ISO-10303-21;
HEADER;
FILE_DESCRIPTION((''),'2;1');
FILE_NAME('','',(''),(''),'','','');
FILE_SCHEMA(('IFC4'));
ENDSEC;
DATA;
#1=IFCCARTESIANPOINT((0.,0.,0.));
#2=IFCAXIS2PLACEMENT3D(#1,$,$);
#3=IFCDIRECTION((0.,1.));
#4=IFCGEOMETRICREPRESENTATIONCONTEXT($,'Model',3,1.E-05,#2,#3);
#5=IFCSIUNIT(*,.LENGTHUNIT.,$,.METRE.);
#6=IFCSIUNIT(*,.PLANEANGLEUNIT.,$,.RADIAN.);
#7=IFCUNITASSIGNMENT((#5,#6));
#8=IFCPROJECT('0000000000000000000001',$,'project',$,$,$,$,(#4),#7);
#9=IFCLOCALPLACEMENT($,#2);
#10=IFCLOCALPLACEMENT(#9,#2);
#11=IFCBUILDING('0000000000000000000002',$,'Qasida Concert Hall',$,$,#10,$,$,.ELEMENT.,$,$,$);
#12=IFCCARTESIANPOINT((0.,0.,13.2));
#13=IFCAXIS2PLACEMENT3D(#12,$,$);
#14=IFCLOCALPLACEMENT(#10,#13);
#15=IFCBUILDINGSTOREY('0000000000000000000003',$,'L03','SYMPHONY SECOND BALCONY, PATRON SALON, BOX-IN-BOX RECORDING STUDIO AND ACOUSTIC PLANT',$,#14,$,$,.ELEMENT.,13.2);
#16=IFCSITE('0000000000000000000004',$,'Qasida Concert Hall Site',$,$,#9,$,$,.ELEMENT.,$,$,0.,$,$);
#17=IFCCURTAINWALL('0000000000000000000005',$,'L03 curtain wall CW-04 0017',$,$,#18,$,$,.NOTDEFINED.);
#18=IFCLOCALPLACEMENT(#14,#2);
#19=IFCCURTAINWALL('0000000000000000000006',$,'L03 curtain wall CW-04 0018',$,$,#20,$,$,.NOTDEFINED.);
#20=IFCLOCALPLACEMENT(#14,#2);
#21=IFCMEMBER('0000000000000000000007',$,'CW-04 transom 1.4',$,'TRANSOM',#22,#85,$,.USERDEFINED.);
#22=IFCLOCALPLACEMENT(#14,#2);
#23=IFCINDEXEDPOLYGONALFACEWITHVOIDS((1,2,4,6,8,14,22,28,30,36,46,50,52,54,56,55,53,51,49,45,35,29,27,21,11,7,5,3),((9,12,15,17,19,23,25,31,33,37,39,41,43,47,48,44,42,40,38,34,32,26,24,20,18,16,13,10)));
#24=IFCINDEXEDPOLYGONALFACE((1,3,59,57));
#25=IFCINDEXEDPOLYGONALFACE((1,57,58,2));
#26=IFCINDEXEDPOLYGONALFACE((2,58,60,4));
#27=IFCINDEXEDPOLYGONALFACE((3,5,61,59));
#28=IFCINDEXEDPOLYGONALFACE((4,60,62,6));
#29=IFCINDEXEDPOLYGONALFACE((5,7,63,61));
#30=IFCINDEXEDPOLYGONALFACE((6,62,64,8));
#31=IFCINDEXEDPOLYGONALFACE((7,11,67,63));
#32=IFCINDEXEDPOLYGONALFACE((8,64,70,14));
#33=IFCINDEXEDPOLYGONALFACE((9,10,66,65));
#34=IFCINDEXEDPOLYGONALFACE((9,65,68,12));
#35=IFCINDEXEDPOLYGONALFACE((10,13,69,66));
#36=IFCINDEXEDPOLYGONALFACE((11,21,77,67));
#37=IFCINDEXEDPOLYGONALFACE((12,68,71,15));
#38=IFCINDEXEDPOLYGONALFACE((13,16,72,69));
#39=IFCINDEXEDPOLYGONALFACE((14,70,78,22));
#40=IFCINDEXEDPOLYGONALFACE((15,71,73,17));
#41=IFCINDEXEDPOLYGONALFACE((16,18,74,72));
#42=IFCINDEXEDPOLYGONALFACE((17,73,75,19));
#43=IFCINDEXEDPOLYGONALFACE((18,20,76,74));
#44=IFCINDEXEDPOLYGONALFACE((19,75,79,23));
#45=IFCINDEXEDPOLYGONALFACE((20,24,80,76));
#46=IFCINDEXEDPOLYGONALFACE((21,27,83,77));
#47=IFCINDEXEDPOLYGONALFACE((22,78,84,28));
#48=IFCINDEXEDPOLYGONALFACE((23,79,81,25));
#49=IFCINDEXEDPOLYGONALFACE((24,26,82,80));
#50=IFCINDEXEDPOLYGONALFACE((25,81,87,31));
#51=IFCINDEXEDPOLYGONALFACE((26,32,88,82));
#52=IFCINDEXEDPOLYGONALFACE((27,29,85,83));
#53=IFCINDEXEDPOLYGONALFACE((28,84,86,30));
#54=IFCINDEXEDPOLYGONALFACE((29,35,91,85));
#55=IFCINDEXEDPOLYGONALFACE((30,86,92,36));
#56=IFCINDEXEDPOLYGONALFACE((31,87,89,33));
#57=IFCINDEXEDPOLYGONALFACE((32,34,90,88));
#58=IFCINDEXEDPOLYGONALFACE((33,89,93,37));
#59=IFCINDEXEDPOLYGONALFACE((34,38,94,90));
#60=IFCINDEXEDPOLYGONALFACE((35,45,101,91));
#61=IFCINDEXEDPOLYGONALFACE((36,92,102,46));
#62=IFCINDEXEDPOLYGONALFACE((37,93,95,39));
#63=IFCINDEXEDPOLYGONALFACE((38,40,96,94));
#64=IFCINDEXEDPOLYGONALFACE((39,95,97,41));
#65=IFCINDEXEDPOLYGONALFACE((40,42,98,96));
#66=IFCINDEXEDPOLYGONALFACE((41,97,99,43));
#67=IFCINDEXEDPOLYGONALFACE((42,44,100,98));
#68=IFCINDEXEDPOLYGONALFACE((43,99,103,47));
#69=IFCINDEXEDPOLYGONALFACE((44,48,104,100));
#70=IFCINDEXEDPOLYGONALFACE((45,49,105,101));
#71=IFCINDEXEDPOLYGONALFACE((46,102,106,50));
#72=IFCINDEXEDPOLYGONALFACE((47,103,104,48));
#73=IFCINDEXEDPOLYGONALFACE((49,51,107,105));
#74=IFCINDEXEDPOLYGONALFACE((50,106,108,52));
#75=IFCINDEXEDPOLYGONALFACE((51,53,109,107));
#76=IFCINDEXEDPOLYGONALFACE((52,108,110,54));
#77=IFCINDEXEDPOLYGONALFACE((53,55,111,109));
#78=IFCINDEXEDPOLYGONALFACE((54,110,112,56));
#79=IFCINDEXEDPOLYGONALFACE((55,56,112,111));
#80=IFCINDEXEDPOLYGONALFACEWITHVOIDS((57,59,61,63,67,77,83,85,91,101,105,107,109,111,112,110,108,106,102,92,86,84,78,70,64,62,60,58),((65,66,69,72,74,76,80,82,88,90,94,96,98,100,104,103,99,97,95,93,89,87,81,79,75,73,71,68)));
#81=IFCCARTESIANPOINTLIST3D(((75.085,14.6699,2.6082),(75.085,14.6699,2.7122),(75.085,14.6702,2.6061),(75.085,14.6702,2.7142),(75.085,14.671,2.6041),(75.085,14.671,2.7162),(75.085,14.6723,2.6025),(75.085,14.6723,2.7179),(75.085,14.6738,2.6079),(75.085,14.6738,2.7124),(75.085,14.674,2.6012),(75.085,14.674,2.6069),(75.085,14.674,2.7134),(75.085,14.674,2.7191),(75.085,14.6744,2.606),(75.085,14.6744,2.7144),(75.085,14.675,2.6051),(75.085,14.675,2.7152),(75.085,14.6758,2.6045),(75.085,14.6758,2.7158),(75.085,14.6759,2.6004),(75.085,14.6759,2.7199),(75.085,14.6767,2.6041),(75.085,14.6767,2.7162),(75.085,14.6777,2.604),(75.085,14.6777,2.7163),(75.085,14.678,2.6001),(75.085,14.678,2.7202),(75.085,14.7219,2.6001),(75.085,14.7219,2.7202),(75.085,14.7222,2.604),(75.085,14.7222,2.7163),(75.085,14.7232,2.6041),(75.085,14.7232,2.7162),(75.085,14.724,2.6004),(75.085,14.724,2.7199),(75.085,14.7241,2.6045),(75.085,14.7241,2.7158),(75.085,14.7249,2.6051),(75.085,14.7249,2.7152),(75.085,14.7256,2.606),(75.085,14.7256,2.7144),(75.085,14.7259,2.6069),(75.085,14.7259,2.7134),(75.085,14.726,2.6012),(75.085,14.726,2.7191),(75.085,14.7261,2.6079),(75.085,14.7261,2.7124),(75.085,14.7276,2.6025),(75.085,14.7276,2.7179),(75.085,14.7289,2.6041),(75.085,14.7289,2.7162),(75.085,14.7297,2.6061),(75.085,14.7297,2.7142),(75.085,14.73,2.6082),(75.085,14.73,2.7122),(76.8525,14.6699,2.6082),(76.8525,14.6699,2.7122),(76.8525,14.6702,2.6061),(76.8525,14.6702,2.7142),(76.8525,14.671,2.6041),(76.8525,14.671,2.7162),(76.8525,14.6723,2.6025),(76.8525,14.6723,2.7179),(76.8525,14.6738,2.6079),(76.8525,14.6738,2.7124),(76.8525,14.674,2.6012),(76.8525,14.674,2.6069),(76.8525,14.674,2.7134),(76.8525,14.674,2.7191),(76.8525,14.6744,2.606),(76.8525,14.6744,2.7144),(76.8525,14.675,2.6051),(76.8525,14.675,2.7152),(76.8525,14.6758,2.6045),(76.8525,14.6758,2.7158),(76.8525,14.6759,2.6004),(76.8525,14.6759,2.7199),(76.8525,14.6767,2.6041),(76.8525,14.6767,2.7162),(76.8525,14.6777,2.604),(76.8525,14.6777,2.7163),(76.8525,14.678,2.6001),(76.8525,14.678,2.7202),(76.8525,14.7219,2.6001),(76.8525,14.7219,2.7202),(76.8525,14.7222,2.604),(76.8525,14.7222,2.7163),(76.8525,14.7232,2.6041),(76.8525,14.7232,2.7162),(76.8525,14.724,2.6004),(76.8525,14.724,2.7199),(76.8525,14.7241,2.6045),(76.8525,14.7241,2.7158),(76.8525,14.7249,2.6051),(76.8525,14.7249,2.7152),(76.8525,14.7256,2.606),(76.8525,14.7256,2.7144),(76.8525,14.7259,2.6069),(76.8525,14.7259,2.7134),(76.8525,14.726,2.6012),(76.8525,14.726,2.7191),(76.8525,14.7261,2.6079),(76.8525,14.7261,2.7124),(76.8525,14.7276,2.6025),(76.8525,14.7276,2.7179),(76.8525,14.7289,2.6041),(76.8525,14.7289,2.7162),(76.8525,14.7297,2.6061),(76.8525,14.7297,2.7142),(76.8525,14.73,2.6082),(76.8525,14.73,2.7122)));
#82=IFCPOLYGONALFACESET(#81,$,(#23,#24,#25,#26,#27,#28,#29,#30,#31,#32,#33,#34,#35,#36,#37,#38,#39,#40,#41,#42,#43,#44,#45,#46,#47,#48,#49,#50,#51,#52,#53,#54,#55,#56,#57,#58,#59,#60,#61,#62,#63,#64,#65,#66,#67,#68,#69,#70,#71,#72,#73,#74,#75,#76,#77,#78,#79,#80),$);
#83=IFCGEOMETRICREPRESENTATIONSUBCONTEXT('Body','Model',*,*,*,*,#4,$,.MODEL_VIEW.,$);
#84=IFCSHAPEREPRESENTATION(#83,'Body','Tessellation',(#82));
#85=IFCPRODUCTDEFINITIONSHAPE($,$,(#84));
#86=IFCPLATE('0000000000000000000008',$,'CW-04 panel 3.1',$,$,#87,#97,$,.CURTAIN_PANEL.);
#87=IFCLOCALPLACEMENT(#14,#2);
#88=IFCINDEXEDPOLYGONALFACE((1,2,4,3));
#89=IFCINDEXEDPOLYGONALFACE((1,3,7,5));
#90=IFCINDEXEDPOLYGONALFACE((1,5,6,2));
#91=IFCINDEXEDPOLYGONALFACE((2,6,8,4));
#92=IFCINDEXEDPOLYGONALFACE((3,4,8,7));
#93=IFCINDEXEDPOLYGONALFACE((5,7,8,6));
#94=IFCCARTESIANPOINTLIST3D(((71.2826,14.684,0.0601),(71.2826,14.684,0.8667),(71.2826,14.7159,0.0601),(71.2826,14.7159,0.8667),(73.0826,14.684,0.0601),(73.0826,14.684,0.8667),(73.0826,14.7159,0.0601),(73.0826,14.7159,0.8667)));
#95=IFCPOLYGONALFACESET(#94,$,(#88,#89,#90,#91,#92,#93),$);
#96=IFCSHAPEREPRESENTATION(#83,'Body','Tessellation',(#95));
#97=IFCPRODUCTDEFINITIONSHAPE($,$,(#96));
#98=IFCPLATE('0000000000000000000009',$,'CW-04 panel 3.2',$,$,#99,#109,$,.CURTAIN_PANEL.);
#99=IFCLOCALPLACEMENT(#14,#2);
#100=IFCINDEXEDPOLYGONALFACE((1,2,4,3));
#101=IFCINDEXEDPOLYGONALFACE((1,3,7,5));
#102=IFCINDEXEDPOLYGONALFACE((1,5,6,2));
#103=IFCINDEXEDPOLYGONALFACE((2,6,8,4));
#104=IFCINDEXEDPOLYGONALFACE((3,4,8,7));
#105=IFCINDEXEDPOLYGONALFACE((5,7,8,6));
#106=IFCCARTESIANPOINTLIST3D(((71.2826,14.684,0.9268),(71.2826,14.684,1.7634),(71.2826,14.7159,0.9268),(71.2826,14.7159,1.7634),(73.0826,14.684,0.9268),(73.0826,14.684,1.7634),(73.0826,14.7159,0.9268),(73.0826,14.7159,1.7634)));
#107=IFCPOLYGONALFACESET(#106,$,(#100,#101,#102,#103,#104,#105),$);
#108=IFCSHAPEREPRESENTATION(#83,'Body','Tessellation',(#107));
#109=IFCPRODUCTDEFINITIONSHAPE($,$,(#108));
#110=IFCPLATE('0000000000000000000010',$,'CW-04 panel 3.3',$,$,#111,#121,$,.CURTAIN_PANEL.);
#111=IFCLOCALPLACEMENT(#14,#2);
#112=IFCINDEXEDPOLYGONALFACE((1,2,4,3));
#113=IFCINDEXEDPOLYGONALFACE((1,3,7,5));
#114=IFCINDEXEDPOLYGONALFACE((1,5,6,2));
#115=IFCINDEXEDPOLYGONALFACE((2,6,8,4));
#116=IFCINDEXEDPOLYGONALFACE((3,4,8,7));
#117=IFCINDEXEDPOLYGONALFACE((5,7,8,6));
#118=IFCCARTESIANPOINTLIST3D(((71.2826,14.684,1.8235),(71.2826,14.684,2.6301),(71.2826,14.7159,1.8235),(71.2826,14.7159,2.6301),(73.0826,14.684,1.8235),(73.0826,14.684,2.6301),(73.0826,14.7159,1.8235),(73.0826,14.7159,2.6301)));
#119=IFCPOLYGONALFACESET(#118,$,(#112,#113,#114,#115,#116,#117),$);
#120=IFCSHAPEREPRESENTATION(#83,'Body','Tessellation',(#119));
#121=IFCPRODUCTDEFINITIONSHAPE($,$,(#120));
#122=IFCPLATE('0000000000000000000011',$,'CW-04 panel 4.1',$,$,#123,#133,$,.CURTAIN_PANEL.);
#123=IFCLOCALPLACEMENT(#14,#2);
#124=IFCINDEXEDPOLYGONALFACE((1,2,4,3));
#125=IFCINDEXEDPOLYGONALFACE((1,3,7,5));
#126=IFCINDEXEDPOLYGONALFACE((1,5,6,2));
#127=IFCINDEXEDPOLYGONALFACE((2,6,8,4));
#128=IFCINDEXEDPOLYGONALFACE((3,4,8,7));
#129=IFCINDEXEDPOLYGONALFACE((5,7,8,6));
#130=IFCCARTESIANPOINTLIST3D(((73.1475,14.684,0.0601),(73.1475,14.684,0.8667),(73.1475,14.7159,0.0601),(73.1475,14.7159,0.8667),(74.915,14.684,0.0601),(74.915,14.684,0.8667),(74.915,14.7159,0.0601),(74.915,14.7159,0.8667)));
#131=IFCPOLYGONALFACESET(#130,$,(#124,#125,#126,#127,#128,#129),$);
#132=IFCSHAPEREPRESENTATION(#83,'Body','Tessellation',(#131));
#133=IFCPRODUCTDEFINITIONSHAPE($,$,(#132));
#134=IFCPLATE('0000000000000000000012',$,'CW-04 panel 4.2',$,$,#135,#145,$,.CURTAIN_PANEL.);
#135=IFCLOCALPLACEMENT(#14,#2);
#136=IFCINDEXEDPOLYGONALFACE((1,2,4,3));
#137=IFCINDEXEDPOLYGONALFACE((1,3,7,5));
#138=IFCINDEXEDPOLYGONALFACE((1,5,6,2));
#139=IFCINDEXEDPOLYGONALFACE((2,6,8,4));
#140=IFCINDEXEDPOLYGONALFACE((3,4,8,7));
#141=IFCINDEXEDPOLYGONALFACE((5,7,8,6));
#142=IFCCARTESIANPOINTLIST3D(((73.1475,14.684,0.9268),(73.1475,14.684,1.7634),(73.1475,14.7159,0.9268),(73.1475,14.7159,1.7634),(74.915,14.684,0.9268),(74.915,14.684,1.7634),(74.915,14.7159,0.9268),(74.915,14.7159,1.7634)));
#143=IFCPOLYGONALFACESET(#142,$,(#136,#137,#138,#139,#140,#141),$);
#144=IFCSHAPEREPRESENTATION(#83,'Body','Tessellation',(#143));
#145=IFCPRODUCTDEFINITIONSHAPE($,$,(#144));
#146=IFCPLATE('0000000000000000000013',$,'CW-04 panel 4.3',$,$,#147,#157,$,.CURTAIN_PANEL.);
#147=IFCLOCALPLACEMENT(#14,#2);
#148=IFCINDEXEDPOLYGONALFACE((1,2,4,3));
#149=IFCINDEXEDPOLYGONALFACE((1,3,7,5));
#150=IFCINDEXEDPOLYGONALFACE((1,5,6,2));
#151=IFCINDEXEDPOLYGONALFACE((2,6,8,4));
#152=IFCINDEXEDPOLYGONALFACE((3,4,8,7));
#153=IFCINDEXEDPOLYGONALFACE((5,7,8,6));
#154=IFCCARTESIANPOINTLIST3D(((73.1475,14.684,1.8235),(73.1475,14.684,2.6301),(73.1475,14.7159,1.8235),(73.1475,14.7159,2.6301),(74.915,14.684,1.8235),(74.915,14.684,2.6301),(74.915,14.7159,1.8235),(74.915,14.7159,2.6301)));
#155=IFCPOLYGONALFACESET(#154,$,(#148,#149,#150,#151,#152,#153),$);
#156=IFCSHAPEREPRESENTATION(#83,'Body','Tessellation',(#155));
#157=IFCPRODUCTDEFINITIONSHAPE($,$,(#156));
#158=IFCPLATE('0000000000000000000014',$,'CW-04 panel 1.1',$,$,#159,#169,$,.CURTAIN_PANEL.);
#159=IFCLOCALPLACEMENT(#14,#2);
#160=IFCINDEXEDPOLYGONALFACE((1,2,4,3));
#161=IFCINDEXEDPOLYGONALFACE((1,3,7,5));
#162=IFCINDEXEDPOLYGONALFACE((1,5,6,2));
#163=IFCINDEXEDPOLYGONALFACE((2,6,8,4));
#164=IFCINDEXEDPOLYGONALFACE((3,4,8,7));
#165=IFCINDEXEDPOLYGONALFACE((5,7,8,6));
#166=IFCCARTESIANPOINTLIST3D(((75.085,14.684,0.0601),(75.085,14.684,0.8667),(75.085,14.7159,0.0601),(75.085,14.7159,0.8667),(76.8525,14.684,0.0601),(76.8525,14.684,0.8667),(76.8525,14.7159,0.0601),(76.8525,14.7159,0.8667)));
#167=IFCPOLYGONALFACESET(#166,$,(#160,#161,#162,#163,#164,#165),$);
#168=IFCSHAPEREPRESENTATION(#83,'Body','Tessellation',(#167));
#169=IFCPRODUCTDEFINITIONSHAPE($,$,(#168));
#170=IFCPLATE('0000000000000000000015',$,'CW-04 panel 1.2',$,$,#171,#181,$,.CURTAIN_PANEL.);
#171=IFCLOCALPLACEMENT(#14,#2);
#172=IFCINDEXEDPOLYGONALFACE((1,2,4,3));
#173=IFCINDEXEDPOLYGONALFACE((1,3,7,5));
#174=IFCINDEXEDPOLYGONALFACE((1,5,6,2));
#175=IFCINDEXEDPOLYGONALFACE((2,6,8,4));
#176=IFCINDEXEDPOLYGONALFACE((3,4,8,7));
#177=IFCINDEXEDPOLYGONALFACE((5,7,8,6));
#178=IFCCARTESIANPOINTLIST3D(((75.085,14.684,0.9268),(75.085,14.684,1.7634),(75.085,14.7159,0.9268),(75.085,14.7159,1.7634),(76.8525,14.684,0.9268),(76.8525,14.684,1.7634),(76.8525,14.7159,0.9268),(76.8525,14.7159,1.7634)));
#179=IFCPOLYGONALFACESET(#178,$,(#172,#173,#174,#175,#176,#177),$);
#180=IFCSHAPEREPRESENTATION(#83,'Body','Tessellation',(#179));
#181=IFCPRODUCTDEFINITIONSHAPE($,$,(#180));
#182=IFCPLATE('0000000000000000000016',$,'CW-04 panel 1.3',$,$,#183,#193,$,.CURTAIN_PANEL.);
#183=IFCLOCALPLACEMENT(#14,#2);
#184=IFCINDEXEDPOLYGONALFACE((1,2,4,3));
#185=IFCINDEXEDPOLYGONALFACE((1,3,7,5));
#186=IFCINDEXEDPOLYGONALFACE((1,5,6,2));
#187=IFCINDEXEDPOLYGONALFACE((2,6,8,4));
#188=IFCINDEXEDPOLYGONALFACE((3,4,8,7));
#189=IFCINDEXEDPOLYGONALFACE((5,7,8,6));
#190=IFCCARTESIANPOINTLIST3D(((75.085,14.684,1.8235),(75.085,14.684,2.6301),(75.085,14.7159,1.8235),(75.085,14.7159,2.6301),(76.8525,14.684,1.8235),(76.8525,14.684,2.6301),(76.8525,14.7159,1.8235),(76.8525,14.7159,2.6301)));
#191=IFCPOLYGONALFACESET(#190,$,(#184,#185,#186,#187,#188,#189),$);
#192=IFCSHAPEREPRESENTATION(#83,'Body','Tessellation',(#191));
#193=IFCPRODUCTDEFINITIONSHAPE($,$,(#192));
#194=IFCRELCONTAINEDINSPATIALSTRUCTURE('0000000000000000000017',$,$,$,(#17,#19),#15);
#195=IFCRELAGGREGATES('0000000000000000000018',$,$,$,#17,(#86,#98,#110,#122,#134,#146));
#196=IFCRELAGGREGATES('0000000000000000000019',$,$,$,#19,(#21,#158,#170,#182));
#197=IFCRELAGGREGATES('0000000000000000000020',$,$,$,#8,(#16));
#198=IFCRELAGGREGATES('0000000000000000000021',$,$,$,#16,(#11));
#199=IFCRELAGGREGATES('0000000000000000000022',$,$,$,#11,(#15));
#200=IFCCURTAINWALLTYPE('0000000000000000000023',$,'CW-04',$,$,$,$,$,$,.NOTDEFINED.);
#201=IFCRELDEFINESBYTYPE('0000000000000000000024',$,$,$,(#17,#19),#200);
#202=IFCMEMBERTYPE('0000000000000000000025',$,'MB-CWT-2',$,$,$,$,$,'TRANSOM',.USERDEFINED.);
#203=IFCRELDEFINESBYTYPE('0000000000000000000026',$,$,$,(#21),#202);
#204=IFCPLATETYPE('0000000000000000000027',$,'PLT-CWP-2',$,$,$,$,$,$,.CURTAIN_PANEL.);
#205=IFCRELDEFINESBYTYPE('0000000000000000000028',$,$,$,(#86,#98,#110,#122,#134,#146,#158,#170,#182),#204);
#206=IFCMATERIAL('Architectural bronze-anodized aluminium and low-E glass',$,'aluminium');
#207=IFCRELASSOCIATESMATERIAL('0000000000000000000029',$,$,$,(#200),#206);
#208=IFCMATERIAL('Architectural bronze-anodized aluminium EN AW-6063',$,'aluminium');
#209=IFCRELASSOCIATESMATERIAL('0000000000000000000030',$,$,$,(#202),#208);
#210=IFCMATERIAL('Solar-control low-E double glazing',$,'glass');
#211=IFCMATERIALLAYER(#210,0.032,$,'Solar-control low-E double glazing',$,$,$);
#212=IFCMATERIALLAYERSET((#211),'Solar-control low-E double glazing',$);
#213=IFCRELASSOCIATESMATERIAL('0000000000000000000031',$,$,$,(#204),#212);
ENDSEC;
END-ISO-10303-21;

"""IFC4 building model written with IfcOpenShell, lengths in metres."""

from ifc_helpers import new_model, si_unit, direction, frame, origin, origin_2d, place, context, subcontext, project, spatial, rectangle, hollow_rectangle, extrude, material, layer, layer_set, material_profile, profile_set, type_object, element, aggregate, save


model = new_model("IFC4")

# Units and contexts
model_context = context("Model", 3, precision=1e-05, world=origin(), true_north=direction((0.0, 1.0)))
body_context = subcontext(model_context, "Body", "Model", "MODEL_VIEW")
ifc_project = project(units=[si_unit("LENGTHUNIT", "METRE"), si_unit("PLANEANGLEUNIT", "RADIAN")], contexts=[model_context])

# Site, building, storey
site_placement = place(None, origin())
site = spatial("IfcSite", under=ifc_project, at=site_placement, Name="Qasida Concert Hall Site", CompositionType="ELEMENT", RefElevation=0.0)
building_placement = place(site_placement, origin())
building = spatial("IfcBuilding", under=site, at=building_placement, Name="Qasida Concert Hall", CompositionType="ELEMENT")
storey_placement = place(building_placement, frame((0.0, 0.0, 13.2)))
storey = spatial("IfcBuildingStorey", under=building, at=storey_placement, Name="L03", Description="SYMPHONY SECOND BALCONY, PATRON SALON, BOX-IN-BOX RECORDING STUDIO AND ACOUSTIC PLANT", CompositionType="ELEMENT", Elevation=13.2)

# Curtain wall
ifc_material_1 = material(Name="Architectural bronze-anodized aluminium and low-E glass", Category="aluminium")
curtain_wall_type = type_object("IfcCurtainWallType", Name="CW-04", PredefinedType="NOTDEFINED", material=ifc_material_1)
curtain_wall_1_placement = place(storey_placement, origin())
curtain_wall_1 = element("IfcCurtainWall", 1, at=curtain_wall_1_placement, inside=storey, type_object=curtain_wall_type, Name="L03 curtain wall CW-04 0017", PredefinedType="NOTDEFINED")
ifc_material_2 = material(Name="Architectural bronze-anodized aluminium EN AW-6063", Category="aluminium")

# Curtain wall
curtain_wall_2_placement = place(storey_placement, origin())
curtain_wall_2 = element("IfcCurtainWall", 2, at=curtain_wall_2_placement, inside=storey, type_object=curtain_wall_type, Name="L03 curtain wall CW-04 0018", PredefinedType="NOTDEFINED")

# Member
ifc_material_profile_1 = material_profile(ifc_material_2, hollow_rectangle(XDim=0.0601, YDim=0.1201, WallThickness=0.0039, InnerFilletRadius=0.0039, OuterFilletRadius=0.0081, at=origin_2d()), Name="CWT 120x60x4")
ifc_profile_set_1 = profile_set([ifc_material_profile_1], Name="Architectural bronze-anodized aluminium EN AW-6063")
member_type_1 = type_object("IfcMemberType", Name="MB-CWT-2", ElementType="TRANSOM", PredefinedType="USERDEFINED", material=ifc_profile_set_1)
member_1_placement = place(storey_placement, frame((75.085, 14.7, 2.6602), z_axis=(1.0, 0.0, 0.0), x_axis=(0.0, 1.0, 0.0)))
member_1 = element("IfcMember", 3, at=member_1_placement, type_object=member_type_1, Name="CW-04 transom 1.4", ObjectType="TRANSOM", PredefinedType="USERDEFINED", context=body_context, shape_type="SweptSolid", body=[
    extrude(hollow_rectangle(XDim=0.0601, YDim=0.1201, WallThickness=0.0039, InnerFilletRadius=0.0039, OuterFilletRadius=0.0081, at=origin_2d()), origin(), (0.0, 0.0, 1.0), 1.7676),
])

# Plates
ifc_material_3 = material(Name="Solar-control low-E double glazing", Category="glass")
ifc_layer_1 = layer(ifc_material_3, 0.032, Name="Solar-control low-E double glazing")
ifc_layer_set_1 = layer_set([ifc_layer_1], Name="Solar-control low-E double glazing")
plate_type = type_object("IfcPlateType", Name="PLT-CWP-2", PredefinedType="CURTAIN_PANEL", material=ifc_layer_set_1)
plate_1_placement = place(storey_placement, frame((72.1826, 14.7, 0.0601), z_axis=(0.0, 0.0, 1.0), x_axis=(1.0, 0.0, 0.0)))
plate_1 = element("IfcPlate", 4, at=plate_1_placement, type_object=plate_type, Name="CW-04 panel 3.1", PredefinedType="CURTAIN_PANEL", context=body_context, shape_type="SweptSolid", body=[
    extrude(rectangle(XDim=1.8, YDim=0.032, at=origin_2d()), origin(), (0.0, 0.0, 1.0), 0.8066),
])
plate_2_placement = place(storey_placement, frame((72.1826, 14.7, 0.9268), z_axis=(0.0, 0.0, 1.0), x_axis=(1.0, 0.0, 0.0)))
plate_2 = element("IfcPlate", 5, at=plate_2_placement, type_object=plate_type, Name="CW-04 panel 3.2", PredefinedType="CURTAIN_PANEL", context=body_context, shape_type="SweptSolid", body=[
    extrude(rectangle(XDim=1.8, YDim=0.032, at=origin_2d()), origin(), (0.0, 0.0, 1.0), 0.8367),
])
plate_3_placement = place(storey_placement, frame((72.1826, 14.7, 1.8235), z_axis=(0.0, 0.0, 1.0), x_axis=(1.0, 0.0, 0.0)))
plate_3 = element("IfcPlate", 6, at=plate_3_placement, type_object=plate_type, Name="CW-04 panel 3.3", PredefinedType="CURTAIN_PANEL", context=body_context, shape_type="SweptSolid", body=[
    extrude(rectangle(XDim=1.8, YDim=0.032, at=origin_2d()), origin(), (0.0, 0.0, 1.0), 0.8066),
])
plate_4_placement = place(storey_placement, frame((74.0312, 14.7, 0.0601), z_axis=(0.0, 0.0, 1.0), x_axis=(1.0, 0.0, 0.0)))
plate_4 = element("IfcPlate", 7, at=plate_4_placement, type_object=plate_type, Name="CW-04 panel 4.1", PredefinedType="CURTAIN_PANEL", context=body_context, shape_type="SweptSolid", body=[
    extrude(rectangle(XDim=1.7676, YDim=0.032, at=origin_2d()), origin(), (0.0, 0.0, 1.0), 0.8066),
])
plate_5_placement = place(storey_placement, frame((74.0312, 14.7, 0.9268), z_axis=(0.0, 0.0, 1.0), x_axis=(1.0, 0.0, 0.0)))
plate_5 = element("IfcPlate", 8, at=plate_5_placement, type_object=plate_type, Name="CW-04 panel 4.2", PredefinedType="CURTAIN_PANEL", context=body_context, shape_type="SweptSolid", body=[
    extrude(rectangle(XDim=1.7676, YDim=0.032, at=origin_2d()), origin(), (0.0, 0.0, 1.0), 0.8367),
])
plate_6_placement = place(storey_placement, frame((74.0312, 14.7, 1.8235), z_axis=(0.0, 0.0, 1.0), x_axis=(1.0, 0.0, 0.0)))
plate_6 = element("IfcPlate", 9, at=plate_6_placement, type_object=plate_type, Name="CW-04 panel 4.3", PredefinedType="CURTAIN_PANEL", context=body_context, shape_type="SweptSolid", body=[
    extrude(rectangle(XDim=1.7676, YDim=0.032, at=origin_2d()), origin(), (0.0, 0.0, 1.0), 0.8066),
])
aggregate(curtain_wall_1, [plate_1, plate_2, plate_3, plate_4, plate_5, plate_6])
plate_7_placement = place(storey_placement, frame((75.9688, 14.7, 0.0601), z_axis=(0.0, 0.0, 1.0), x_axis=(1.0, 0.0, 0.0)))
plate_7 = element("IfcPlate", 10, at=plate_7_placement, type_object=plate_type, Name="CW-04 panel 1.1", PredefinedType="CURTAIN_PANEL", context=body_context, shape_type="SweptSolid", body=[
    extrude(rectangle(XDim=1.7676, YDim=0.032, at=origin_2d()), origin(), (0.0, 0.0, 1.0), 0.8066),
])
plate_8_placement = place(storey_placement, frame((75.9688, 14.7, 0.9268), z_axis=(0.0, 0.0, 1.0), x_axis=(1.0, 0.0, 0.0)))
plate_8 = element("IfcPlate", 11, at=plate_8_placement, type_object=plate_type, Name="CW-04 panel 1.2", PredefinedType="CURTAIN_PANEL", context=body_context, shape_type="SweptSolid", body=[
    extrude(rectangle(XDim=1.7676, YDim=0.032, at=origin_2d()), origin(), (0.0, 0.0, 1.0), 0.8367),
])
plate_9_placement = place(storey_placement, frame((75.9688, 14.7, 1.8235), z_axis=(0.0, 0.0, 1.0), x_axis=(1.0, 0.0, 0.0)))
plate_9 = element("IfcPlate", 12, at=plate_9_placement, type_object=plate_type, Name="CW-04 panel 1.3", PredefinedType="CURTAIN_PANEL", context=body_context, shape_type="SweptSolid", body=[
    extrude(rectangle(XDim=1.7676, YDim=0.032, at=origin_2d()), origin(), (0.0, 0.0, 1.0), 0.8066),
])
aggregate(curtain_wall_2, [member_1, plate_7, plate_8, plate_9])

save(model, "model.ifc")
